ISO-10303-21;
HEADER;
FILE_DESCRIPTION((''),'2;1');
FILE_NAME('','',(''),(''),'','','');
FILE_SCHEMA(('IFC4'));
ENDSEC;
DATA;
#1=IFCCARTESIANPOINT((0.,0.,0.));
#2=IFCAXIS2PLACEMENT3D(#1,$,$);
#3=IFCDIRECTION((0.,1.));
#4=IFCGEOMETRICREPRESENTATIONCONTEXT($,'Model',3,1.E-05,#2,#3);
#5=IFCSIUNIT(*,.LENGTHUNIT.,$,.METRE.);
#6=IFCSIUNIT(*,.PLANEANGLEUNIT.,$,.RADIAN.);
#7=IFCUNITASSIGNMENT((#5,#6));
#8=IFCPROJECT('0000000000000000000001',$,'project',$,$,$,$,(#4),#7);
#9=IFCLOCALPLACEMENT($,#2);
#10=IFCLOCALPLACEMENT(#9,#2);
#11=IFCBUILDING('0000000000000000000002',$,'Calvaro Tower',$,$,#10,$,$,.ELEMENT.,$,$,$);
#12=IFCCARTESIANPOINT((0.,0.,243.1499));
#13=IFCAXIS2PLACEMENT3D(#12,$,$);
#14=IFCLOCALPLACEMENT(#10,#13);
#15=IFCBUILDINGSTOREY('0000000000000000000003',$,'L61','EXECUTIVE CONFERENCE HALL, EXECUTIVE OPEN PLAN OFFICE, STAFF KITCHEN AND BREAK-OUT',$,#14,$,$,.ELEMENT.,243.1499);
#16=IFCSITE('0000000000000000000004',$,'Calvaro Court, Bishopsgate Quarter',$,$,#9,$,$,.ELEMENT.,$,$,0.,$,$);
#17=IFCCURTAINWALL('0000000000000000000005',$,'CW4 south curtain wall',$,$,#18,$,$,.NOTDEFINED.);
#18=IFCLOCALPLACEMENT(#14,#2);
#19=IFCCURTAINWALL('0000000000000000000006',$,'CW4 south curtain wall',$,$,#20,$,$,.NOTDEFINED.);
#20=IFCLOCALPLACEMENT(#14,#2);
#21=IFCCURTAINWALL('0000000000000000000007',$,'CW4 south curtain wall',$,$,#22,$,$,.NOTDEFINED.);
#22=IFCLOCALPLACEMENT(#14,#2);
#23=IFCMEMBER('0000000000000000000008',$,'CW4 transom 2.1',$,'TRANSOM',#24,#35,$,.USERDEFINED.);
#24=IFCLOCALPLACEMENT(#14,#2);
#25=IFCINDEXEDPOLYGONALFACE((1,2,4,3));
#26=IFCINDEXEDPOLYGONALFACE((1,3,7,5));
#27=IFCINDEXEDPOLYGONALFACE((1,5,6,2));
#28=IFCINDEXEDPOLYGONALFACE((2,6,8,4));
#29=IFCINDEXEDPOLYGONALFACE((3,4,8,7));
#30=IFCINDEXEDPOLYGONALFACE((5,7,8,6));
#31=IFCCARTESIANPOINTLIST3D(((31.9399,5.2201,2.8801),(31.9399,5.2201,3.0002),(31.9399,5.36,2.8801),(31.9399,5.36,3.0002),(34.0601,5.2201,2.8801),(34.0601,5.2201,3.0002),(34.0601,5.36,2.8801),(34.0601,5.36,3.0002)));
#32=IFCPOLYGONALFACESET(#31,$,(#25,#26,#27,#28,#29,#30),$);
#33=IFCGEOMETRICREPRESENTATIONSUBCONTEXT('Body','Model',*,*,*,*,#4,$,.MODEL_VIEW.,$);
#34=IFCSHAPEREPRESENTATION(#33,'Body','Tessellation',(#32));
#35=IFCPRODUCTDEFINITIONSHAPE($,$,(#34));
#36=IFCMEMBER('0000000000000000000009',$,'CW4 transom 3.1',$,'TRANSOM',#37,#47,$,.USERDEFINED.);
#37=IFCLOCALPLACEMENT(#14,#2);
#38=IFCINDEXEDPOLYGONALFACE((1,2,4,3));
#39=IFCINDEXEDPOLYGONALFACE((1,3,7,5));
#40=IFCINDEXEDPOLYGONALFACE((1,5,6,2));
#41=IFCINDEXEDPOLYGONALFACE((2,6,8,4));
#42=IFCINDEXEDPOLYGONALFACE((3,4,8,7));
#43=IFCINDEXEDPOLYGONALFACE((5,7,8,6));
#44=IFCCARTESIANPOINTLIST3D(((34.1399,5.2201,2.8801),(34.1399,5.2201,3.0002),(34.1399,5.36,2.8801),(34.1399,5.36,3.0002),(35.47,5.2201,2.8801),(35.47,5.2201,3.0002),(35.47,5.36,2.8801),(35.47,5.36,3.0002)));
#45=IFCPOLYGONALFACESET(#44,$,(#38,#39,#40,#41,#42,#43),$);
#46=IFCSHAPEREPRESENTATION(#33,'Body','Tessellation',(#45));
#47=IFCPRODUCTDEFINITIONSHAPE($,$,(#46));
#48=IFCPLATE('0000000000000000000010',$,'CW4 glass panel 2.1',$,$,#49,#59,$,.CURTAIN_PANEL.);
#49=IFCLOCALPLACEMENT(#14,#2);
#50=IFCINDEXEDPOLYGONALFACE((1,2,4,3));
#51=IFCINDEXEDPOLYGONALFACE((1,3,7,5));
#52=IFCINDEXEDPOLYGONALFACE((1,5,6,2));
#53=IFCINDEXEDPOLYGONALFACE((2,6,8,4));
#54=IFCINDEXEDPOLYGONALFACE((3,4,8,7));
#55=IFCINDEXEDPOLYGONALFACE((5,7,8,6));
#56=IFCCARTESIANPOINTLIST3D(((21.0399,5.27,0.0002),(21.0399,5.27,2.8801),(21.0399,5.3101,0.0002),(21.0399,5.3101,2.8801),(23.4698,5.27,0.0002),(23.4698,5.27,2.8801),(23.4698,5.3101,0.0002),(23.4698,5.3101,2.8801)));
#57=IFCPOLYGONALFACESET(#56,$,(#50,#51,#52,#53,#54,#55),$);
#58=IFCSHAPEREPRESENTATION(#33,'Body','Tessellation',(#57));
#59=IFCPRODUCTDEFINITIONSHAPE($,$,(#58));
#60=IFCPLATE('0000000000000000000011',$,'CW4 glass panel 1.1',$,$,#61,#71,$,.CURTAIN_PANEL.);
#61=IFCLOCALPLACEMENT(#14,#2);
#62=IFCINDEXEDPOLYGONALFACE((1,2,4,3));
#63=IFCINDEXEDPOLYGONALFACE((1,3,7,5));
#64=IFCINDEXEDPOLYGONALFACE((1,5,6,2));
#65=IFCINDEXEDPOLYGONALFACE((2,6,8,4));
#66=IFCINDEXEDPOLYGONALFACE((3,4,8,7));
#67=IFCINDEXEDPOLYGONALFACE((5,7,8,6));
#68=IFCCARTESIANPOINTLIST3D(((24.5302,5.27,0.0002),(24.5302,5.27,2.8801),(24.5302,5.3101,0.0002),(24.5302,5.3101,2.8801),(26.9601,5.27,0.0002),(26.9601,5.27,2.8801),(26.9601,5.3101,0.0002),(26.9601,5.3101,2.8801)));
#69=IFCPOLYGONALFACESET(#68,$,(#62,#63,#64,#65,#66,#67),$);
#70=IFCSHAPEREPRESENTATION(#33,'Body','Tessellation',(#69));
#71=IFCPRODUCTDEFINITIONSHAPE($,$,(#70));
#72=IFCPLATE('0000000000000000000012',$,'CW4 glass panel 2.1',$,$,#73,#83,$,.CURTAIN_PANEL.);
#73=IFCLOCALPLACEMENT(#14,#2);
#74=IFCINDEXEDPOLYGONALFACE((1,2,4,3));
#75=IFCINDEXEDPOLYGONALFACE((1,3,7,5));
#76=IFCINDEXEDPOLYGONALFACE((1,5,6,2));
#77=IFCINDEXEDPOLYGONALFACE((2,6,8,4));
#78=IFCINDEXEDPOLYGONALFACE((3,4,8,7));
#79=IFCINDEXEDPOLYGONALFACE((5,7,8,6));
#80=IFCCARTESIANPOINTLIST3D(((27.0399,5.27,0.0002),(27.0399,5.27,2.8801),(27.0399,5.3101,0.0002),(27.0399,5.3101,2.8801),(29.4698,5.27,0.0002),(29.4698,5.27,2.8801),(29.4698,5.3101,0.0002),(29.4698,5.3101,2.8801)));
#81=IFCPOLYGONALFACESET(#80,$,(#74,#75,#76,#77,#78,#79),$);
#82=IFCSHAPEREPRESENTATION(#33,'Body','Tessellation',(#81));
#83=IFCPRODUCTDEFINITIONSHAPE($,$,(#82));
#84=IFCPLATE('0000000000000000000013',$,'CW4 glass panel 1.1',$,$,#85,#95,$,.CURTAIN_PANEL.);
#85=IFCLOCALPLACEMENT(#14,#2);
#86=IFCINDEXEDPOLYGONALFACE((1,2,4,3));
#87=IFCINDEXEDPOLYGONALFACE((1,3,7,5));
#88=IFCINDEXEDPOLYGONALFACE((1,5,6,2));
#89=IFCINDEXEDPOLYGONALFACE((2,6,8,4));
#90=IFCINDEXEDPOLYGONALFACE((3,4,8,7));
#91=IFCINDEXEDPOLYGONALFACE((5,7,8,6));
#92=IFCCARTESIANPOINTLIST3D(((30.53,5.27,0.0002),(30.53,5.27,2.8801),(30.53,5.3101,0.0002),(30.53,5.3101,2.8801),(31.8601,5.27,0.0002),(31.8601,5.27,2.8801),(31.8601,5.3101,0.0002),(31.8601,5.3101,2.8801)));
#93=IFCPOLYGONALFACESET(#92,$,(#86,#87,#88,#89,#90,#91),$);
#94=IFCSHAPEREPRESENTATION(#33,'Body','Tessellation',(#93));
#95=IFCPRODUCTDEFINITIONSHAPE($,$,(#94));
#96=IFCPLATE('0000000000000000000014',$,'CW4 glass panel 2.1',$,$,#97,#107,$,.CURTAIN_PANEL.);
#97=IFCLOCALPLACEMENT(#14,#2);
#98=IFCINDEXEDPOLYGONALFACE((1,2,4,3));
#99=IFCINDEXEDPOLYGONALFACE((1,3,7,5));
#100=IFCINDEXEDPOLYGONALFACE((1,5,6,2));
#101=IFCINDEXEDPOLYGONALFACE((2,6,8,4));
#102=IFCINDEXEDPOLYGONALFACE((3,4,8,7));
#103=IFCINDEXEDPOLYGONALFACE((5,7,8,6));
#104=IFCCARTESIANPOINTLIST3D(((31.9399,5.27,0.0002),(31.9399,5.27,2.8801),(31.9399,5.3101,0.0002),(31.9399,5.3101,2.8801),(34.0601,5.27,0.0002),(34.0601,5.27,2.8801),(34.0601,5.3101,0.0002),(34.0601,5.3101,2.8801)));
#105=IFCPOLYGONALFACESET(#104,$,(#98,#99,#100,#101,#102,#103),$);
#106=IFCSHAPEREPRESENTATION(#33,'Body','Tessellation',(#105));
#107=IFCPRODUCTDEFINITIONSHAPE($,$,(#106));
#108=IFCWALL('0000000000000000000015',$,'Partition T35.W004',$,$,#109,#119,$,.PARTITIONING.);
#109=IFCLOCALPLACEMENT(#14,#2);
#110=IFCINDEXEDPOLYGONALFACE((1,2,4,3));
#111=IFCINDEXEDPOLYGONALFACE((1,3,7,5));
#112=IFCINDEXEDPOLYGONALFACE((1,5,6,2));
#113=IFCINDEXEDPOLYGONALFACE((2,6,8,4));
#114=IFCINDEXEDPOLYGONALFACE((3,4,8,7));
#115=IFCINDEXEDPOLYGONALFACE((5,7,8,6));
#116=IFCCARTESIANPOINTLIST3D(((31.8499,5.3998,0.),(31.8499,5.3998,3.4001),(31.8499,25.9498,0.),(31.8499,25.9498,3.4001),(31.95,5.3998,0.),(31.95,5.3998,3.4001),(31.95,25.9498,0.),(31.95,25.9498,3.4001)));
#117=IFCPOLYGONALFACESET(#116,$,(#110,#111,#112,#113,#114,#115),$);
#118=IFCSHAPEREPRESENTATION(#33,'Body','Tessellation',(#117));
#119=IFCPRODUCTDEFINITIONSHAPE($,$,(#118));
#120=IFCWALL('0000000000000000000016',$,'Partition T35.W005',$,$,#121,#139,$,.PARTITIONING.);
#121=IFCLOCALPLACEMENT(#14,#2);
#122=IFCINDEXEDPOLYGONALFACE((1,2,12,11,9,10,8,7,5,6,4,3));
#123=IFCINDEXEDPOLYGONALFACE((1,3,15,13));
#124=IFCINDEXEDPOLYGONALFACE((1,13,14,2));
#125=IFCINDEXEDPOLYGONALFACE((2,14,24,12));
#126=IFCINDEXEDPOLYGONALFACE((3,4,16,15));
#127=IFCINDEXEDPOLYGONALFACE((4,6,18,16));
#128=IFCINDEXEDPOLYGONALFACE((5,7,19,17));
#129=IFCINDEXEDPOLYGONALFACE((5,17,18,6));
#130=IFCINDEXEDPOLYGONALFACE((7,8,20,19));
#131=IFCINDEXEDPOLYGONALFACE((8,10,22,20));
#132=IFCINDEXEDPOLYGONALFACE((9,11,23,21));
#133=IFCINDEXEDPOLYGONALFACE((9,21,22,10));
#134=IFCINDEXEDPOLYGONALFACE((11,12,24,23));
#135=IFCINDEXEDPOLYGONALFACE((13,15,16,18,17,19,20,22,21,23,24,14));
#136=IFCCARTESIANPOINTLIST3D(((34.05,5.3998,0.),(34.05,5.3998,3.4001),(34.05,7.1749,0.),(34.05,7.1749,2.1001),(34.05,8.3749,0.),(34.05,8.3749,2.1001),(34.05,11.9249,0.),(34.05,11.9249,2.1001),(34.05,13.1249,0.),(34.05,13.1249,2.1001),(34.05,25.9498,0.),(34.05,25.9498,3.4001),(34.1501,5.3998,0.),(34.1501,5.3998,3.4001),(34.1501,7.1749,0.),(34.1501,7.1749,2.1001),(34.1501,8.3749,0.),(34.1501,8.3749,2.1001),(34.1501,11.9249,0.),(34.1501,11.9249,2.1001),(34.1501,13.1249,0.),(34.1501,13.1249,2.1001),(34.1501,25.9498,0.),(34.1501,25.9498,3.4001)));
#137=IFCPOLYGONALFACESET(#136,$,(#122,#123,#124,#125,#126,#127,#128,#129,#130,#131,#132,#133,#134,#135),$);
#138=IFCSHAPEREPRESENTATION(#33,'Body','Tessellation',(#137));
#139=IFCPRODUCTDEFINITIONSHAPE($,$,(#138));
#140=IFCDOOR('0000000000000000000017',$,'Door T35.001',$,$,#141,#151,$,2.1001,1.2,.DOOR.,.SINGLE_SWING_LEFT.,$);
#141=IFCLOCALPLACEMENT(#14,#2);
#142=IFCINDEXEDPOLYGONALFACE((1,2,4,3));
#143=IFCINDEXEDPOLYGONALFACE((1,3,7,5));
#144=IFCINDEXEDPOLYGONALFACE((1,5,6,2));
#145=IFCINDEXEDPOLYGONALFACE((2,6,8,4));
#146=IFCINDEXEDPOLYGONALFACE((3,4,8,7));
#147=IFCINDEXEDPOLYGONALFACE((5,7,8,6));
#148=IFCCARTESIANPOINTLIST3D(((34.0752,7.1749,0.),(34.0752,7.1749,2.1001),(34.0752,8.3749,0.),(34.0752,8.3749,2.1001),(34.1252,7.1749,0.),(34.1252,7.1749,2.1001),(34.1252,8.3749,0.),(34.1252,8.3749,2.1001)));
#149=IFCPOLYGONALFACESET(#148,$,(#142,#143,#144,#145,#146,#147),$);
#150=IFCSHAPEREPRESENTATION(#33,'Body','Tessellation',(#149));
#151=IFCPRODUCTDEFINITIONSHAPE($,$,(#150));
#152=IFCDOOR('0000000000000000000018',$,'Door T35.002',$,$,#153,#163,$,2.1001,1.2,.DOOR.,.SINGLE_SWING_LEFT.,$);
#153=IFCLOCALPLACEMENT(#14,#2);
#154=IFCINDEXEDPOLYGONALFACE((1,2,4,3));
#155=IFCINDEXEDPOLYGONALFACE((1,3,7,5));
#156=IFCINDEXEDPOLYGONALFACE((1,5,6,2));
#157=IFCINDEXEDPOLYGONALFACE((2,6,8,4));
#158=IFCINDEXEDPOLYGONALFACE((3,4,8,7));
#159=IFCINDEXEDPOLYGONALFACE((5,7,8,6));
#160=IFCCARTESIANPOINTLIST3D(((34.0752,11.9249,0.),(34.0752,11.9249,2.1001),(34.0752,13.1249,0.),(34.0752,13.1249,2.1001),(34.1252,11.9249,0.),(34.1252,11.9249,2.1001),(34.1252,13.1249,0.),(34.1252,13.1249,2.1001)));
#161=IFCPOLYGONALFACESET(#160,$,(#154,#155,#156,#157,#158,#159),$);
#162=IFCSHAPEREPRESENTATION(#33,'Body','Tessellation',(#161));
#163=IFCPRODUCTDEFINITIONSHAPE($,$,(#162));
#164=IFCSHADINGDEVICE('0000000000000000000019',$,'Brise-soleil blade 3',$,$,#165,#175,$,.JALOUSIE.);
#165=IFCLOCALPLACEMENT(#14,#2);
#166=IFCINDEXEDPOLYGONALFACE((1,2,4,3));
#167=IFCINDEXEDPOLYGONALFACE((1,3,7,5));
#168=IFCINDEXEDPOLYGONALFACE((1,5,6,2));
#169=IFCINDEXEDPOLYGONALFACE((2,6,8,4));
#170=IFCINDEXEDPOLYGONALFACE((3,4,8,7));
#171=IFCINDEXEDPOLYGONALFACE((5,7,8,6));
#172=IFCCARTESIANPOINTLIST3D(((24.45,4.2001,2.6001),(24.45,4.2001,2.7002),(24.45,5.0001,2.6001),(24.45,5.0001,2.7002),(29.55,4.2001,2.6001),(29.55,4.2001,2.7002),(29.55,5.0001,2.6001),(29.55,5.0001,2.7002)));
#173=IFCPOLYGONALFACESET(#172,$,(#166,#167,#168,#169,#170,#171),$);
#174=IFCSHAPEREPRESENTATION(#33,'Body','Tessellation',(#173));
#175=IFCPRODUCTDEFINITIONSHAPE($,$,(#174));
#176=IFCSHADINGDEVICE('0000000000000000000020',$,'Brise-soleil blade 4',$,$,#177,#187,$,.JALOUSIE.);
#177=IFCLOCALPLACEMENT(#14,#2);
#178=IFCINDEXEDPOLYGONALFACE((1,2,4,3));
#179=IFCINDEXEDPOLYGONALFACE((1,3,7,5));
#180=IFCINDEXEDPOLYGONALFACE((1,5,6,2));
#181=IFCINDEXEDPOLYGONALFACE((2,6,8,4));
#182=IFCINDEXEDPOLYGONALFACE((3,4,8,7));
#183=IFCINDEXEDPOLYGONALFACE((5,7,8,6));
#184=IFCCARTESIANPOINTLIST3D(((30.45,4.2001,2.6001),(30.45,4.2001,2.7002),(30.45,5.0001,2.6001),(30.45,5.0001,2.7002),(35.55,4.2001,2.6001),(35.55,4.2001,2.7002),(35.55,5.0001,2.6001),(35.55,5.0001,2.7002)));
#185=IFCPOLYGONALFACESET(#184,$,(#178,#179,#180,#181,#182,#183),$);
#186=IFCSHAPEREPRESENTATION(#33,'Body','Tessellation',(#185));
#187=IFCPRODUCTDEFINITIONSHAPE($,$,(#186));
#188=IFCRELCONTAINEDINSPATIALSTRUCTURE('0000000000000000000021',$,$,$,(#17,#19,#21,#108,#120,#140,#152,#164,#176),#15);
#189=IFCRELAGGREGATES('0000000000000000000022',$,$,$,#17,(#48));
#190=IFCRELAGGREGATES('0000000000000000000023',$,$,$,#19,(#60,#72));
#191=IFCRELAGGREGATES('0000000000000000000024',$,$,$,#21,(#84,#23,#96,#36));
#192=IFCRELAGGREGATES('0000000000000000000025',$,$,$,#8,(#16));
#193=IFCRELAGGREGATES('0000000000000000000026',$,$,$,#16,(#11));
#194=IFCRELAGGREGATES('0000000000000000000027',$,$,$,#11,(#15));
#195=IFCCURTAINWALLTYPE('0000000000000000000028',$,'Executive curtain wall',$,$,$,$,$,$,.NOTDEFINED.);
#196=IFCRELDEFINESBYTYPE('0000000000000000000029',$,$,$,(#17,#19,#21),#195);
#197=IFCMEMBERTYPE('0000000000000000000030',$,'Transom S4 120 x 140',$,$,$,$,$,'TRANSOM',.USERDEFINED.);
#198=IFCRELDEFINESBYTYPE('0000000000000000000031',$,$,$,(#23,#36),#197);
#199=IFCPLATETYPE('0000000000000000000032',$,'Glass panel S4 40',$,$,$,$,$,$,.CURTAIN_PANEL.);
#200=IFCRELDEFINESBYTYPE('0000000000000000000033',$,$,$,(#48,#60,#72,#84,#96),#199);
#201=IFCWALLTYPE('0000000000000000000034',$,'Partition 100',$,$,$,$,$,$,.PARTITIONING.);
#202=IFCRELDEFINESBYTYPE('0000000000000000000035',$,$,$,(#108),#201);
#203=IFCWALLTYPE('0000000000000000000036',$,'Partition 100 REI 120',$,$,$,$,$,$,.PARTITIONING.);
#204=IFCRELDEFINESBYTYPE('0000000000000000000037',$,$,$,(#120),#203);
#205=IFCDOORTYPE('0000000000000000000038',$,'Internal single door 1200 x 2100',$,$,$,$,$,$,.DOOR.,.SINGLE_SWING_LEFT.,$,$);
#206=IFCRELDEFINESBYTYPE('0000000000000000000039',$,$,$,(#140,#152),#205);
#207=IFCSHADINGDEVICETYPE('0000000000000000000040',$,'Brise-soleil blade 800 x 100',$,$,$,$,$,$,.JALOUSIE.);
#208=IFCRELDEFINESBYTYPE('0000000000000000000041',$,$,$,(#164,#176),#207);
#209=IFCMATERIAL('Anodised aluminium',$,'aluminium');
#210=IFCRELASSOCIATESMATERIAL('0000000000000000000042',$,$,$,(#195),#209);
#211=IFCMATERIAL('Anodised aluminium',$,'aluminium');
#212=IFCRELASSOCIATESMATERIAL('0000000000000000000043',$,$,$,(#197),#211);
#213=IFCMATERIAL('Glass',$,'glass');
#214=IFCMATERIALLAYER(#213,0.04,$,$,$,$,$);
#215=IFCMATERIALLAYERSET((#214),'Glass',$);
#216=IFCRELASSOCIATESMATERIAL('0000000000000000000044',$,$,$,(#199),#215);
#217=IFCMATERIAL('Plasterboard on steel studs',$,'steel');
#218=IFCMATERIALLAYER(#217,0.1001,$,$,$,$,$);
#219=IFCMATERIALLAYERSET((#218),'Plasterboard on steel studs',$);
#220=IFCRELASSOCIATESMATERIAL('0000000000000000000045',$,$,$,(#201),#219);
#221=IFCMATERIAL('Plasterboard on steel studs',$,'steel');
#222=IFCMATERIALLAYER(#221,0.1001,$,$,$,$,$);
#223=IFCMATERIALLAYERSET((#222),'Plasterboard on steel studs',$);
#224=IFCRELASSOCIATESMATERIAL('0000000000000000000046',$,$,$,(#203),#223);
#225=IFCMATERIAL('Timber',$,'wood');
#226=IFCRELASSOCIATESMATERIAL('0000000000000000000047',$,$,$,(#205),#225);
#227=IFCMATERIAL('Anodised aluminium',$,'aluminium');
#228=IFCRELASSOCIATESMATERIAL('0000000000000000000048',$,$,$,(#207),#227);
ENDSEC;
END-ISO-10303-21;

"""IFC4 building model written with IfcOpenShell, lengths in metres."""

from ifc_helpers import new_model, si_unit, direction, frame, frame_2d, origin, origin_2d, place, context, subcontext, project, spatial, rectangle, extrude, material, layer, layer_set, material_profile, profile_set, type_object, element, fill, aggregate, save


model = new_model("IFC4")

# Units and contexts
model_context = context("Model", 3, precision=1e-05, world=origin(), true_north=direction((0.0, 1.0)))
body_context = subcontext(model_context, "Body", "Model", "MODEL_VIEW")
ifc_project = project(units=[si_unit("LENGTHUNIT", "METRE"), si_unit("PLANEANGLEUNIT", "RADIAN")], contexts=[model_context])

# Site, building, storey
site_placement = place(None, origin())
site = spatial("IfcSite", under=ifc_project, at=site_placement, Name="Calvaro Court, Bishopsgate Quarter", CompositionType="ELEMENT", RefElevation=0.0)
building_placement = place(site_placement, origin())
building = spatial("IfcBuilding", under=site, at=building_placement, Name="Calvaro Tower", CompositionType="ELEMENT")
storey_placement = place(building_placement, frame((0.0, 0.0, 243.1499)))
storey = spatial("IfcBuildingStorey", under=building, at=storey_placement, Name="L61", Description="EXECUTIVE CONFERENCE HALL, EXECUTIVE OPEN PLAN OFFICE, STAFF KITCHEN AND BREAK-OUT", CompositionType="ELEMENT", Elevation=243.1499)

# Curtain wall
ifc_material_1 = material(Name="Anodised aluminium", Category="aluminium")
curtain_wall_type = type_object("IfcCurtainWallType", Name="Executive curtain wall", PredefinedType="NOTDEFINED", material=ifc_material_1)
curtain_wall_1_placement = place(storey_placement, origin())
curtain_wall_1 = element("IfcCurtainWall", 1, at=curtain_wall_1_placement, inside=storey, type_object=curtain_wall_type, Name="CW4 south curtain wall", PredefinedType="NOTDEFINED")

# Curtain walls
curtain_wall_2_placement = place(storey_placement, origin())
curtain_wall_2 = element("IfcCurtainWall", 2, at=curtain_wall_2_placement, inside=storey, type_object=curtain_wall_type, Name="CW4 south curtain wall", PredefinedType="NOTDEFINED")
curtain_wall_3_placement = place(storey_placement, origin())
curtain_wall_3 = element("IfcCurtainWall", 3, at=curtain_wall_3_placement, inside=storey, type_object=curtain_wall_type, Name="CW4 south curtain wall", PredefinedType="NOTDEFINED")

# Members
ifc_material_2 = material(Name="Anodised aluminium", Category="aluminium")
ifc_material_profile_1 = material_profile(ifc_material_2, rectangle(XDim=0.1399, YDim=0.1201, at=origin_2d()), Name="Transom S4 120 x 140")
ifc_profile_set_1 = profile_set([ifc_material_profile_1], Name="Anodised aluminium")
member_type_1 = type_object("IfcMemberType", Name="Transom S4 120 x 140", ElementType="TRANSOM", PredefinedType="USERDEFINED", material=ifc_profile_set_1)
member_1_placement = place(storey_placement, frame((31.9399, 5.29, 2.9402), z_axis=(1.0, 0.0, 0.0), x_axis=(0.0, 1.0, 0.0)))
member_1 = element("IfcMember", 4, at=member_1_placement, type_object=member_type_1, Name="CW4 transom 2.1", ObjectType="TRANSOM", PredefinedType="USERDEFINED", context=body_context, shape_type="SweptSolid", body=[
    extrude(rectangle(XDim=0.1399, YDim=0.1201, at=origin_2d()), origin(), (0.0, 0.0, 1.0), 2.1201),
])
member_2_placement = place(storey_placement, frame((34.1399, 5.29, 2.9402), z_axis=(1.0, 0.0, 0.0), x_axis=(0.0, 1.0, 0.0)))
member_2 = element("IfcMember", 5, at=member_2_placement, type_object=member_type_1, Name="CW4 transom 3.1", ObjectType="TRANSOM", PredefinedType="USERDEFINED", context=body_context, shape_type="SweptSolid", body=[
    extrude(rectangle(XDim=0.1399, YDim=0.1201, at=origin_2d()), origin(), (0.0, 0.0, 1.0), 1.3301),
])

# Plates
ifc_material_3 = material(Name="Glass", Category="glass")
ifc_layer_1 = layer(ifc_material_3, 0.04)
ifc_layer_set_1 = layer_set([ifc_layer_1], Name="Glass")
plate_type = type_object("IfcPlateType", Name="Glass panel S4 40", PredefinedType="CURTAIN_PANEL", material=ifc_layer_set_1)
plate_1_placement = place(storey_placement, frame((22.2549, 5.29, 0.0002), z_axis=(0.0, 0.0, 1.0), x_axis=(1.0, 0.0, 0.0)))
plate_1 = element("IfcPlate", 6, at=plate_1_placement, type_object=plate_type, Name="CW4 glass panel 2.1", PredefinedType="CURTAIN_PANEL", context=body_context, shape_type="SweptSolid", body=[
    extrude(rectangle(XDim=2.4299, YDim=0.04, at=origin_2d()), origin(), (0.0, 0.0, 1.0), 2.8799),
])
aggregate(curtain_wall_1, [plate_1])
plate_2_placement = place(storey_placement, frame((25.7451, 5.29, 0.0002), z_axis=(0.0, 0.0, 1.0), x_axis=(1.0, 0.0, 0.0)))
plate_2 = element("IfcPlate", 7, at=plate_2_placement, type_object=plate_type, Name="CW4 glass panel 1.1", PredefinedType="CURTAIN_PANEL", context=body_context, shape_type="SweptSolid", body=[
    extrude(rectangle(XDim=2.4299, YDim=0.04, at=origin_2d()), origin(), (0.0, 0.0, 1.0), 2.8799),
])
plate_3_placement = place(storey_placement, frame((28.2549, 5.29, 0.0002), z_axis=(0.0, 0.0, 1.0), x_axis=(1.0, 0.0, 0.0)))
plate_3 = element("IfcPlate", 8, at=plate_3_placement, type_object=plate_type, Name="CW4 glass panel 2.1", PredefinedType="CURTAIN_PANEL", context=body_context, shape_type="SweptSolid", body=[
    extrude(rectangle(XDim=2.4299, YDim=0.04, at=origin_2d()), origin(), (0.0, 0.0, 1.0), 2.8799),
])
aggregate(curtain_wall_2, [plate_2, plate_3])
plate_4_placement = place(storey_placement, frame((31.1951, 5.29, 0.0002), z_axis=(0.0, 0.0, 1.0), x_axis=(1.0, 0.0, 0.0)))
plate_4 = element("IfcPlate", 9, at=plate_4_placement, type_object=plate_type, Name="CW4 glass panel 1.1", PredefinedType="CURTAIN_PANEL", context=body_context, shape_type="SweptSolid", body=[
    extrude(rectangle(XDim=1.3301, YDim=0.04, at=origin_2d()), origin(), (0.0, 0.0, 1.0), 2.8799),
])
plate_5_placement = place(storey_placement, frame((33.0, 5.29, 0.0002), z_axis=(0.0, 0.0, 1.0), x_axis=(1.0, 0.0, 0.0)))
plate_5 = element("IfcPlate", 10, at=plate_5_placement, type_object=plate_type, Name="CW4 glass panel 2.1", PredefinedType="CURTAIN_PANEL", context=body_context, shape_type="SweptSolid", body=[
    extrude(rectangle(XDim=2.1201, YDim=0.04, at=origin_2d()), origin(), (0.0, 0.0, 1.0), 2.8799),
])
aggregate(curtain_wall_3, [plate_4, member_1, plate_5, member_2])

# Wall
ifc_material_4 = material(Name="Plasterboard on steel studs", Category="steel")
ifc_layer_2 = layer(ifc_material_4, 0.1001)
ifc_layer_set_2 = layer_set([ifc_layer_2], Name="Plasterboard on steel studs")
wall_type_1 = type_object("IfcWallType", Name="Partition 100", PredefinedType="PARTITIONING", material=ifc_layer_set_2)
wall_1_placement = place(storey_placement, frame((31.8999, 5.3999, 0.0), z_axis=(0.0, 0.0, 1.0), x_axis=(0.0, 1.0, 0.0)))
element("IfcWall", 11, at=wall_1_placement, inside=storey, type_object=wall_type_1, Name="Partition T35.W004", PredefinedType="PARTITIONING", context=body_context, shape_type="SweptSolid", body=[
    extrude(rectangle(XDim=20.55, YDim=0.1001, at=frame_2d((10.2749, 0.0))), origin(), (0.0, 0.0, 1.0), 3.4001),
])

# Wall, openings, doors
ifc_material_5 = material(Name="Plasterboard on steel studs", Category="steel")
ifc_layer_3 = layer(ifc_material_5, 0.1001)
ifc_layer_set_3 = layer_set([ifc_layer_3], Name="Plasterboard on steel studs")
wall_type_2 = type_object("IfcWallType", Name="Partition 100 REI 120", PredefinedType="PARTITIONING", material=ifc_layer_set_3)
wall_2_placement = place(storey_placement, frame((34.1001, 5.3999, 0.0), z_axis=(0.0, 0.0, 1.0), x_axis=(0.0, 1.0, 0.0)))
wall_2 = element("IfcWall", 12, at=wall_2_placement, inside=storey, type_object=wall_type_2, Name="Partition T35.W005", PredefinedType="PARTITIONING", context=body_context, shape_type="SweptSolid", body=[
    extrude(rectangle(XDim=20.55, YDim=0.1001, at=frame_2d((10.2749, 0.0))), origin(), (0.0, 0.0, 1.0), 3.4001),
])
opening_1_placement = place(wall_2_placement, frame((1.7749, 0.0, 0.0)))
opening_1 = element("IfcOpeningElement", 13, at=opening_1_placement, cuts=wall_2, PredefinedType="OPENING", context=body_context, shape_type="SweptSolid", body=[
    extrude(rectangle(XDim=1.2, YDim=2.1001, at=frame_2d((0.6001, 1.05))), frame((0.0, 0.0601, 0.0), z_axis=(0.0, -1.0, 0.0), x_axis=(1.0, 0.0, 0.0)), (0.0, 0.0, 1.0), 0.1201),
])
opening_2_placement = place(wall_2_placement, frame((6.5249, 0.0, 0.0)))
opening_2 = element("IfcOpeningElement", 14, at=opening_2_placement, cuts=wall_2, PredefinedType="OPENING", context=body_context, shape_type="SweptSolid", body=[
    extrude(rectangle(XDim=1.2, YDim=2.1001, at=frame_2d((0.6001, 1.05))), frame((0.0, 0.0601, 0.0), z_axis=(0.0, -1.0, 0.0), x_axis=(1.0, 0.0, 0.0)), (0.0, 0.0, 1.0), 0.1201),
])
ifc_material_6 = material(Name="Timber", Category="wood")
door_type = type_object("IfcDoorType", Name="Internal single door 1200 x 2100", OperationType="SINGLE_SWING_LEFT", PredefinedType="DOOR", material=ifc_material_6)
door_1_placement = place(opening_1_placement, origin())
door_1 = element("IfcDoor", 15, at=door_1_placement, inside=storey, type_object=door_type, Name="Door T35.001", OperationType="SINGLE_SWING_LEFT", OverallHeight=2.1001, OverallWidth=1.2, PredefinedType="DOOR", context=body_context, shape_type="SweptSolid", body=[
    extrude(rectangle(XDim=1.2, YDim=2.1001, at=frame_2d((0.6001, 1.05))), frame((0.0, 0.0249, 0.0), z_axis=(0.0, -1.0, 0.0), x_axis=(1.0, 0.0, 0.0)), (0.0, 0.0, 1.0), 0.05),
])
fill(opening_1, door_1)
door_2_placement = place(opening_2_placement, origin())
door_2 = element("IfcDoor", 16, at=door_2_placement, inside=storey, type_object=door_type, Name="Door T35.002", OperationType="SINGLE_SWING_LEFT", OverallHeight=2.1001, OverallWidth=1.2, PredefinedType="DOOR", context=body_context, shape_type="SweptSolid", body=[
    extrude(rectangle(XDim=1.2, YDim=2.1001, at=frame_2d((0.6001, 1.05))), frame((0.0, 0.0249, 0.0), z_axis=(0.0, -1.0, 0.0), x_axis=(1.0, 0.0, 0.0)), (0.0, 0.0, 1.0), 0.05),
])
fill(opening_2, door_2)

# Shading devices
ifc_material_7 = material(Name="Anodised aluminium", Category="aluminium")
ifc_material_profile_2 = material_profile(ifc_material_7, rectangle(XDim=0.8, YDim=0.1001, at=origin_2d()), Name="Brise-soleil blade 800 x 100")
ifc_profile_set_2 = profile_set([ifc_material_profile_2], Name="Anodised aluminium")
shading_device_type_1 = type_object("IfcShadingDeviceType", Name="Brise-soleil blade 800 x 100", PredefinedType="JALOUSIE", material=ifc_profile_set_2)
for number, where, z_axis, x_axis, name in (
    (17, (24.45, 4.6001, 2.6501), (1.0, 0.0, 0.0), (0.0, 1.0, 0.0), "Brise-soleil blade 3"),
    (18, (30.45, 4.6001, 2.6501), (1.0, 0.0, 0.0), (0.0, 1.0, 0.0), "Brise-soleil blade 4"),
):
    element("IfcShadingDevice", number, at=place(storey_placement, frame(where, z_axis=z_axis, x_axis=x_axis)), inside=storey, type_object=shading_device_type_1, Name=name, PredefinedType="JALOUSIE", context=body_context, shape_type="SweptSolid", body=[
        extrude(rectangle(XDim=0.8, YDim=0.1001, at=origin_2d()), origin(), (0.0, 0.0, 1.0), 5.1001),
    ])

save(model, "model.ifc")
